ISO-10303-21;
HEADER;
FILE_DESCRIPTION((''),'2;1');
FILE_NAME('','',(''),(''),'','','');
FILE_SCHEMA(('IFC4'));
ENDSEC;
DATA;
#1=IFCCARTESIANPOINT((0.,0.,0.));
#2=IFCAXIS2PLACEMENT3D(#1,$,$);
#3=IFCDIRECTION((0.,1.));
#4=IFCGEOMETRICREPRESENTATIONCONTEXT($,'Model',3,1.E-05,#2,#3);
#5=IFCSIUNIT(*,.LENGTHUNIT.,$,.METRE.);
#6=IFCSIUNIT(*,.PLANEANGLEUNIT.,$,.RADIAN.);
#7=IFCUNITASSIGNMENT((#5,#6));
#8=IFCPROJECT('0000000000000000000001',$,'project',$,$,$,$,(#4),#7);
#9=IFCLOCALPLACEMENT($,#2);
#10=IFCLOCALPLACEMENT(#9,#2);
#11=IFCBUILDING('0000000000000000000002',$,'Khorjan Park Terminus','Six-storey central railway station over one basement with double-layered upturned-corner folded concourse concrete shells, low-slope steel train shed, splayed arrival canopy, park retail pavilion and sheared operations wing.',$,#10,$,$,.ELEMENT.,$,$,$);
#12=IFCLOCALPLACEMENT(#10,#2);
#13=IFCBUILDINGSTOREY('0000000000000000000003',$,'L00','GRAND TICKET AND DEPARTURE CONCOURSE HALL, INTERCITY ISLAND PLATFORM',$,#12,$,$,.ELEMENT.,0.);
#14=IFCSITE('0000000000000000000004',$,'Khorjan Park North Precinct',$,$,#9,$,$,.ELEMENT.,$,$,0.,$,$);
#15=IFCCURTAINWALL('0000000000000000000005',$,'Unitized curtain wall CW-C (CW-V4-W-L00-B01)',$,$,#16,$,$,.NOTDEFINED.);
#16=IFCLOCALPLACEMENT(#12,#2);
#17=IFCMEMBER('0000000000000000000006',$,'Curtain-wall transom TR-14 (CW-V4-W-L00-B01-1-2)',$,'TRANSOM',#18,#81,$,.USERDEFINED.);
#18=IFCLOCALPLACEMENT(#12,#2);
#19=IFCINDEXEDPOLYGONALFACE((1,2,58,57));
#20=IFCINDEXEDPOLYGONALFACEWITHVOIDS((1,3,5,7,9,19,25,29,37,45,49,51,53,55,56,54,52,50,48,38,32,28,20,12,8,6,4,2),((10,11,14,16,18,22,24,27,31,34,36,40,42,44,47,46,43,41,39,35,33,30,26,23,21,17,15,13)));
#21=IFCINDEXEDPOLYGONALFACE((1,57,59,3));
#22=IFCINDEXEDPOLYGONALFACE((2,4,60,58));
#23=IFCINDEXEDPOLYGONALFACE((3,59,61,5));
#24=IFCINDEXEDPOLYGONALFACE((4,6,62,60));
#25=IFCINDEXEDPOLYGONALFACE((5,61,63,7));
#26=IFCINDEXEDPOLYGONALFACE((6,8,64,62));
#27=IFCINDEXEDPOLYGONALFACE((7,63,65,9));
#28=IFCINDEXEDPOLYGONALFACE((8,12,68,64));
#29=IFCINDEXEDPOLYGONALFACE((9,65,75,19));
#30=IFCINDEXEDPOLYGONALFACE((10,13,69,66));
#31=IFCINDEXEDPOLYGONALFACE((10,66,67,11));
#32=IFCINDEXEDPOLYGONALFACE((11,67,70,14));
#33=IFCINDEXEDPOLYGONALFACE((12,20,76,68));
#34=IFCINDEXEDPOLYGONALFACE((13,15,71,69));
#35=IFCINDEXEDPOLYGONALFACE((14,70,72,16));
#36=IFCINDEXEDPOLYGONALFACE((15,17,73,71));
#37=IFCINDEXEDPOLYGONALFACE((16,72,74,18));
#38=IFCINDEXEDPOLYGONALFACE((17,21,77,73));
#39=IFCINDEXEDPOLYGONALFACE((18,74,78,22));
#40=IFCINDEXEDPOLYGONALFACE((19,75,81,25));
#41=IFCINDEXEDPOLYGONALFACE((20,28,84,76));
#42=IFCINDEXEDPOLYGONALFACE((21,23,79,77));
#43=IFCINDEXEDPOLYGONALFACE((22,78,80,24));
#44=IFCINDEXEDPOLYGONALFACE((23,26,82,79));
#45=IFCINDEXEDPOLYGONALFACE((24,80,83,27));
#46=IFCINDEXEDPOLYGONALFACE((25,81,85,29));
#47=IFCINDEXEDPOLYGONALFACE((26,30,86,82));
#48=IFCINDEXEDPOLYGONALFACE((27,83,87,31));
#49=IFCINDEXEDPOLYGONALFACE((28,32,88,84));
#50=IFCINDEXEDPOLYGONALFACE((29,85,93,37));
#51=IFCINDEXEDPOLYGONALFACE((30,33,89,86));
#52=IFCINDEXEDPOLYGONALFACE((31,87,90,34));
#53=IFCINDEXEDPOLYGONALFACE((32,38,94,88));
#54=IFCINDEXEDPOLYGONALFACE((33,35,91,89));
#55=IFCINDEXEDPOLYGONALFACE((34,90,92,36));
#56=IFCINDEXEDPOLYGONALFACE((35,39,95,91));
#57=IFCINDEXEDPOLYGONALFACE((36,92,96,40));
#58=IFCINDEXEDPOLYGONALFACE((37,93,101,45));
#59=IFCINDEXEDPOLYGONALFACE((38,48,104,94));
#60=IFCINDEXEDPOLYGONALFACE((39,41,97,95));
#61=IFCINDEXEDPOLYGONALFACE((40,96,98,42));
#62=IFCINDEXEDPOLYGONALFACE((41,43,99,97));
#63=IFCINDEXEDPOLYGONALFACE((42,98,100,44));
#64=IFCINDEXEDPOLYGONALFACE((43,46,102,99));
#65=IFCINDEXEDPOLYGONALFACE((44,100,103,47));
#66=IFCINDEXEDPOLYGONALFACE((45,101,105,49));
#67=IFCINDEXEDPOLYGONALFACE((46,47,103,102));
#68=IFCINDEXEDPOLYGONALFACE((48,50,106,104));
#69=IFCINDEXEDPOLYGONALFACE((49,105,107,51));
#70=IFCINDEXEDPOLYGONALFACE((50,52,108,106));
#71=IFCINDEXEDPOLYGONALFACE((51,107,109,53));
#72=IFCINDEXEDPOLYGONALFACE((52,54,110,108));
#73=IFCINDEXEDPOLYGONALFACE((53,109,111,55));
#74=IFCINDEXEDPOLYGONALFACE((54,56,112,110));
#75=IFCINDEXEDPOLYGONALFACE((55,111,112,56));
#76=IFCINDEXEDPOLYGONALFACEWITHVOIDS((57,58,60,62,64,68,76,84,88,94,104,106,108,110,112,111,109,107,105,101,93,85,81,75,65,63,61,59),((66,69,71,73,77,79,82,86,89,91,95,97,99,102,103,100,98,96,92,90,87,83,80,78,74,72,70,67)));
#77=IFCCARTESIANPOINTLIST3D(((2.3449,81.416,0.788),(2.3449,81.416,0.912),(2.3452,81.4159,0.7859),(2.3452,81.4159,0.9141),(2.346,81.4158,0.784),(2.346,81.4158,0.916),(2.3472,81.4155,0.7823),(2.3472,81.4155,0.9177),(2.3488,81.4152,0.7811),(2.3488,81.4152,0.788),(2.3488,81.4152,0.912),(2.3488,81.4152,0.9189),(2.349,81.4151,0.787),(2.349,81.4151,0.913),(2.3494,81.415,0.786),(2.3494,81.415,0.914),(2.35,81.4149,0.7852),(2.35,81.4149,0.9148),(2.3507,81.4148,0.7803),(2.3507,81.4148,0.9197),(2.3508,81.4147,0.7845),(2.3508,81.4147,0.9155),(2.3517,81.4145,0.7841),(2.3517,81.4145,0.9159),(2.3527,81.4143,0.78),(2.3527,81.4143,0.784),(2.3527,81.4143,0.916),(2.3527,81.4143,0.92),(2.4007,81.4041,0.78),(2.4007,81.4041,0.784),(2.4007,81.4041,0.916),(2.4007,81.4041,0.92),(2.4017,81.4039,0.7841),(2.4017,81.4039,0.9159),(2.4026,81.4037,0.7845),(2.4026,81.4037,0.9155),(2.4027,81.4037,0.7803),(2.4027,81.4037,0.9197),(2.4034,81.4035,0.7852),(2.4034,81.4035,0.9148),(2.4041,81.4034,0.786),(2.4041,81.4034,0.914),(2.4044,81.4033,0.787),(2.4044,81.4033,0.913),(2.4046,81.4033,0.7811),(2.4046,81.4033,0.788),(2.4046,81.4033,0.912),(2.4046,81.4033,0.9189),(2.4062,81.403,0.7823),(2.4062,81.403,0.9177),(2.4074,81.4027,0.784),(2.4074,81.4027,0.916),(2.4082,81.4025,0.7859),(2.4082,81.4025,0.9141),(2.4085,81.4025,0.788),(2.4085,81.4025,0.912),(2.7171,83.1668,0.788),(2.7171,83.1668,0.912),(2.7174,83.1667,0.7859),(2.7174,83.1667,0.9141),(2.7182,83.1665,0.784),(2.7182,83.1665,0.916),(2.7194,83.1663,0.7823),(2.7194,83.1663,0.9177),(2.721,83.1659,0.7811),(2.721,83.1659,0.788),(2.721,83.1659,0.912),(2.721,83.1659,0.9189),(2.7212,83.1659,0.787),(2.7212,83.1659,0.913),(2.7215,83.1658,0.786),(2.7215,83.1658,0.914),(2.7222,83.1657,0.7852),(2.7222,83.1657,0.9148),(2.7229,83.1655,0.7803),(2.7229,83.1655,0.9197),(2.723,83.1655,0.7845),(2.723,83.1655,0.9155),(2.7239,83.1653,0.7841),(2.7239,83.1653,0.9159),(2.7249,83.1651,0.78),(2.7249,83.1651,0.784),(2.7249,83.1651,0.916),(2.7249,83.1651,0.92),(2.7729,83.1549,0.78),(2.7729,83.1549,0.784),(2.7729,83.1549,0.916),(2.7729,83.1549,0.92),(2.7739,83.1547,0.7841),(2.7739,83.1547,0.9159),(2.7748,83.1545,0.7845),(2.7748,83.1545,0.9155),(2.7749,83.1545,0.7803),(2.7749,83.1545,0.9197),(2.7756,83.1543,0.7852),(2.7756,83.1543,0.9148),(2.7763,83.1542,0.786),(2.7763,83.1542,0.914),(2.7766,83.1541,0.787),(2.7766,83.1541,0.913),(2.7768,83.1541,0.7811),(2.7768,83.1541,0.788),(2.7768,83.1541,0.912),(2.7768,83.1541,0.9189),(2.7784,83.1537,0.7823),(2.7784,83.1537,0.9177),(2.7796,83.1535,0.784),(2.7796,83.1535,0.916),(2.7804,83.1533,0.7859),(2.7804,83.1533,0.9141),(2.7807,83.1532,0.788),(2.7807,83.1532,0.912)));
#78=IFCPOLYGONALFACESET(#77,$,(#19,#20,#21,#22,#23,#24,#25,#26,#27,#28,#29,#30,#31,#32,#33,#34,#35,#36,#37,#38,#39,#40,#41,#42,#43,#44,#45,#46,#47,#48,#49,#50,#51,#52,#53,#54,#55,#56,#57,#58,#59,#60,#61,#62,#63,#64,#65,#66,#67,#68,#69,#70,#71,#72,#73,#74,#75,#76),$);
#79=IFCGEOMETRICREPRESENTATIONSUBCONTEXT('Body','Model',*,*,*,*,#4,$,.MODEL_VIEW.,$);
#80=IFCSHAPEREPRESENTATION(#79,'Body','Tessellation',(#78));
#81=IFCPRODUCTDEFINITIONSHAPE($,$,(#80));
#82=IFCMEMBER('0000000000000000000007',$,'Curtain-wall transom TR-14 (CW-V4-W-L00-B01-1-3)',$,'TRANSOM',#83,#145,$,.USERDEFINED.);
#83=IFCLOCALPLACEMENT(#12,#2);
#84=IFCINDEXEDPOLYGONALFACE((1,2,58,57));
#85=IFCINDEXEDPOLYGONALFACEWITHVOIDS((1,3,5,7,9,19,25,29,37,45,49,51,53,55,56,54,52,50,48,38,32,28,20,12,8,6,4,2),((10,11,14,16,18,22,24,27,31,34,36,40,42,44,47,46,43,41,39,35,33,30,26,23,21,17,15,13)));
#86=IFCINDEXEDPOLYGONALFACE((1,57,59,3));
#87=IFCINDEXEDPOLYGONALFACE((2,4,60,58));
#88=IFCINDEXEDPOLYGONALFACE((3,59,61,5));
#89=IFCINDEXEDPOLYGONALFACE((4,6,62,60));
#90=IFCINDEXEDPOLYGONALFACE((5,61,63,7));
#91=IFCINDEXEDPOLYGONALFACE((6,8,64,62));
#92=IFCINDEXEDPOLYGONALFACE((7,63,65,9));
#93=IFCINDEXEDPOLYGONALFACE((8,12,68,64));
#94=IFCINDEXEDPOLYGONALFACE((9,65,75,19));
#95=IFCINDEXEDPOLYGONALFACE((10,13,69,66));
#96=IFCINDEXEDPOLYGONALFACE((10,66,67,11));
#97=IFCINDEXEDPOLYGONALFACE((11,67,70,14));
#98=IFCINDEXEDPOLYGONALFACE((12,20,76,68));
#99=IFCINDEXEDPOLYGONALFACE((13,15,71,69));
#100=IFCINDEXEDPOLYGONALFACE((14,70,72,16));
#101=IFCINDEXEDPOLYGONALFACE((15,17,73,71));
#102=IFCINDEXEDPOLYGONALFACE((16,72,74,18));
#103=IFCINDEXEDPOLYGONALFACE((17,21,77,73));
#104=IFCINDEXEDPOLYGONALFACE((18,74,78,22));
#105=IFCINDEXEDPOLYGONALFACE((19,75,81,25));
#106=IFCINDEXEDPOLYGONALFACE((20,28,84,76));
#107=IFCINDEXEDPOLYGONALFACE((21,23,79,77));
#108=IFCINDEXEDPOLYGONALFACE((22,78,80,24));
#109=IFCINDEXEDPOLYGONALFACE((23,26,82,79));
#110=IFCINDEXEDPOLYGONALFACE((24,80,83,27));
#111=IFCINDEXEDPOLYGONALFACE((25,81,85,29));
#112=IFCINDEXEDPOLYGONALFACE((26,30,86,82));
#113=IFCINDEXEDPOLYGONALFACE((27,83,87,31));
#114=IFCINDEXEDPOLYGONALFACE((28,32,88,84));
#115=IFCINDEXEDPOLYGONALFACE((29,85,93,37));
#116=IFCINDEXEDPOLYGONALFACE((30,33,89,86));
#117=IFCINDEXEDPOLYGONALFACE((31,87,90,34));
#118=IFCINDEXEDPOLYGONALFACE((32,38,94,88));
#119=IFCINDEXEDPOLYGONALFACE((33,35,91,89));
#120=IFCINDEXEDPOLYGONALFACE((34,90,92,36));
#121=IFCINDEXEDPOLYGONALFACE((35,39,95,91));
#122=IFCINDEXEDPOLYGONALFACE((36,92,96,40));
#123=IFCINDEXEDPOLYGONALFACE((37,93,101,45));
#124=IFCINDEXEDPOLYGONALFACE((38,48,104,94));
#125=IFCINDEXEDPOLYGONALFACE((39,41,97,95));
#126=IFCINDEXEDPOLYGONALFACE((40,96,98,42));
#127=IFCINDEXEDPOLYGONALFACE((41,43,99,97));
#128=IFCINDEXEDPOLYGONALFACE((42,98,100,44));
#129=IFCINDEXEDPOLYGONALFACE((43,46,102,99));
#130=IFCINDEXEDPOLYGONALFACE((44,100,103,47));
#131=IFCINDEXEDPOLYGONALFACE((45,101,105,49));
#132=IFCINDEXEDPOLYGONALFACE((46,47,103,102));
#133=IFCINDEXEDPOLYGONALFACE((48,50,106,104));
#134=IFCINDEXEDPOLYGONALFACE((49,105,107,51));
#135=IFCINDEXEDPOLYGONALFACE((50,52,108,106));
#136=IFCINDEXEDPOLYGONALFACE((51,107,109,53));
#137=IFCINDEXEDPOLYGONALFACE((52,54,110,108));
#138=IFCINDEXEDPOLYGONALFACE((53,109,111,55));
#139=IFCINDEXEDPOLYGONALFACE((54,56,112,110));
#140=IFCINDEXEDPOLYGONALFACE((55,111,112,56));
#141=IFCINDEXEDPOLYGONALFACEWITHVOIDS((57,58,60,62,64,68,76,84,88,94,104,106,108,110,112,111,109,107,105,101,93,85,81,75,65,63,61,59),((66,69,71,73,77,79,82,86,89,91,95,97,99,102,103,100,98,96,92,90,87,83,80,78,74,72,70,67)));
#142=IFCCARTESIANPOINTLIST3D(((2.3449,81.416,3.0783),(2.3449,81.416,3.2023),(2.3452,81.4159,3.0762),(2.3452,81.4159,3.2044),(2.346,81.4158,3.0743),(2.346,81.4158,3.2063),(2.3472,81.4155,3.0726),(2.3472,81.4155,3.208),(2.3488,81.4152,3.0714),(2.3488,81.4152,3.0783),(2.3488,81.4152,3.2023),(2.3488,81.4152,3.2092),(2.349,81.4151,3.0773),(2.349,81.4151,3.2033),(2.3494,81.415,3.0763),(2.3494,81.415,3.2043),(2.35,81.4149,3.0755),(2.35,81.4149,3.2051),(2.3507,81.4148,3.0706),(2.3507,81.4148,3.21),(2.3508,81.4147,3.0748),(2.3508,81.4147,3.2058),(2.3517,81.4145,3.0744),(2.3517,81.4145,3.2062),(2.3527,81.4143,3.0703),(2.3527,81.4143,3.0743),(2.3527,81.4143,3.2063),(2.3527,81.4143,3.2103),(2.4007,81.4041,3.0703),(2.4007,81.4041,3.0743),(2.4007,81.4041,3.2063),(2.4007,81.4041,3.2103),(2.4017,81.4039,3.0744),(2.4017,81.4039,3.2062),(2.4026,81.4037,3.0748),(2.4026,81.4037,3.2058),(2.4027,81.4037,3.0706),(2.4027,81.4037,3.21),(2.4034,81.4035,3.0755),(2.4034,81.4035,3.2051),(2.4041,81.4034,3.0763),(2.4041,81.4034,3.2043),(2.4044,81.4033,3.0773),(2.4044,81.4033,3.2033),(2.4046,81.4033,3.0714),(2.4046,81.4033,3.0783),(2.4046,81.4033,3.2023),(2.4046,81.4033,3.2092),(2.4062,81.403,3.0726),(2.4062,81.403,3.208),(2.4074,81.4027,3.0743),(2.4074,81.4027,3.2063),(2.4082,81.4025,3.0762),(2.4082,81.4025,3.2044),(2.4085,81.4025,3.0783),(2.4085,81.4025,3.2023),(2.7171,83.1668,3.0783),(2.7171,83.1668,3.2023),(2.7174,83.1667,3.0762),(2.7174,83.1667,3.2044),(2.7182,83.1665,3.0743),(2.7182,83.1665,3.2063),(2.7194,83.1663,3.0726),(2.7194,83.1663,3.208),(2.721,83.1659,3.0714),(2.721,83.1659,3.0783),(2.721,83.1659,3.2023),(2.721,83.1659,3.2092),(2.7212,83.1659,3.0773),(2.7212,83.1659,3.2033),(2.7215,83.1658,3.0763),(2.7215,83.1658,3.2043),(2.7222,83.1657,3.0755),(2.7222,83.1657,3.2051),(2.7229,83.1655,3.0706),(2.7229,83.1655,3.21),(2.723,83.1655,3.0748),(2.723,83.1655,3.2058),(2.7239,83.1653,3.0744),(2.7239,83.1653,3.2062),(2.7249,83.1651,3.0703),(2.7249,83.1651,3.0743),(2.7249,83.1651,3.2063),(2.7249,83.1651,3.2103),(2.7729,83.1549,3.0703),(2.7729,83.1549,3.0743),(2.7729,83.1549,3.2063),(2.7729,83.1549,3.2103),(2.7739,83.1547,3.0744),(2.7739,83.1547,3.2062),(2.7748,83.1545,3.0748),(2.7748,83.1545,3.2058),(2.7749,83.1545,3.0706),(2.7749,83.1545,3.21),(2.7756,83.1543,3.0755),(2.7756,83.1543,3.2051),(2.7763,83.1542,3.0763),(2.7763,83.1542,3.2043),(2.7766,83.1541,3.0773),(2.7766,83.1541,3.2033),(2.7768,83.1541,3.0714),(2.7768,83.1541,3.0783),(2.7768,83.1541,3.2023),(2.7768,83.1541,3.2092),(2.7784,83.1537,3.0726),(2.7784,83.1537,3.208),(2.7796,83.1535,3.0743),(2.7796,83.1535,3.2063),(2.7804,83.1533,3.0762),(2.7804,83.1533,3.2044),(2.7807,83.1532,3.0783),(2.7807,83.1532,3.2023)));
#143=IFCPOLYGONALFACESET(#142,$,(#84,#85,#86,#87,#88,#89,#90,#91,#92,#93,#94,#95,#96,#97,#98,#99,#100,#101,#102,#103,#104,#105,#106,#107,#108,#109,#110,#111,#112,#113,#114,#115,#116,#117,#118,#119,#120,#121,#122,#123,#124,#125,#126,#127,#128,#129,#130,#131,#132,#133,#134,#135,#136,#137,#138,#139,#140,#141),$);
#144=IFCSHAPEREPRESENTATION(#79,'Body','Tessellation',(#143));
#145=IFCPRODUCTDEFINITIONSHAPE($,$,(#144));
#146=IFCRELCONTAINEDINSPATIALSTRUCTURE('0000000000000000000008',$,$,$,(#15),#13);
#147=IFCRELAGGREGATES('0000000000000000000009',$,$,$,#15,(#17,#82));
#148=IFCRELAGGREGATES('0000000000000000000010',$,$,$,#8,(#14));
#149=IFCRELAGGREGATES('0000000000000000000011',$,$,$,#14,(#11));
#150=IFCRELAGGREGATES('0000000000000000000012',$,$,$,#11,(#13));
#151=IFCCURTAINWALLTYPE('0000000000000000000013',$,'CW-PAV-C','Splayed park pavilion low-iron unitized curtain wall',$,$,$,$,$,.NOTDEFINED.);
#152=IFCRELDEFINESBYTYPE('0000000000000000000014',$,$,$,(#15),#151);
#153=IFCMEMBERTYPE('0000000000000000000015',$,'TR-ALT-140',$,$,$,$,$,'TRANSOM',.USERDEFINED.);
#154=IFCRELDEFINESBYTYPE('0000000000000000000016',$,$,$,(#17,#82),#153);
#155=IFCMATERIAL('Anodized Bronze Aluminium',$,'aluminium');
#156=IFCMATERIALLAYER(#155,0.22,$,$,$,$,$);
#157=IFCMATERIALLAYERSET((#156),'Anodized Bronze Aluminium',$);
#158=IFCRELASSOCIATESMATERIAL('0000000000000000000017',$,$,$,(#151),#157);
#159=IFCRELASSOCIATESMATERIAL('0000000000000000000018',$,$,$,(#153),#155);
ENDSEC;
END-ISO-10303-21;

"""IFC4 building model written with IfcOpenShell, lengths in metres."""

from ifc_helpers import new_model, si_unit, direction, frame, origin, origin_2d, place, context, subcontext, project, spatial, hollow_rectangle, extrude, material, layer, layer_set, material_profile, profile_set, type_object, element, aggregate, save


model = new_model("IFC4")

# Units and contexts
model_context = context("Model", 3, precision=1e-05, world=origin(), true_north=direction((0.0, 1.0)))
body_context = subcontext(model_context, "Body", "Model", "MODEL_VIEW")
ifc_project = project(units=[si_unit("LENGTHUNIT", "METRE"), si_unit("PLANEANGLEUNIT", "RADIAN")], contexts=[model_context])

# Site, building, storey
site_placement = place(None, origin())
site = spatial("IfcSite", under=ifc_project, at=site_placement, Name="Khorjan Park North Precinct", CompositionType="ELEMENT", RefElevation=0.0)
building_placement = place(site_placement, origin())
building = spatial("IfcBuilding", under=site, at=building_placement, Name="Khorjan Park Terminus", Description="Six-storey central railway station over one basement with double-layered upturned-corner folded concourse concrete shells, low-slope steel train shed, splayed arrival canopy, park retail pavilion and sheared operations wing.", CompositionType="ELEMENT")
storey_placement = place(building_placement, origin())
storey = spatial("IfcBuildingStorey", under=building, at=storey_placement, Name="L00", Description="GRAND TICKET AND DEPARTURE CONCOURSE HALL, INTERCITY ISLAND PLATFORM", CompositionType="ELEMENT", Elevation=0.0)

# Shared definitions
ifc_material_1 = material(Name="Anodized Bronze Aluminium", Category="aluminium")
ifc_layer_1 = layer(ifc_material_1, 0.22)
ifc_layer_set_1 = layer_set([ifc_layer_1], Name="Anodized Bronze Aluminium")
curtain_wall_type = type_object("IfcCurtainWallType", Name="CW-PAV-C", Description="Splayed park pavilion low-iron unitized curtain wall", PredefinedType="NOTDEFINED", material=ifc_layer_set_1)

# Curtain wall
curtain_wall_1_placement = place(storey_placement, origin())
curtain_wall_1 = element("IfcCurtainWall", 1, at=curtain_wall_1_placement, inside=storey, type_object=curtain_wall_type, Name="Unitized curtain wall CW-C (CW-V4-W-L00-B01)", PredefinedType="NOTDEFINED")

# Members
ifc_material_profile_1 = material_profile(ifc_material_1, hollow_rectangle(XDim=0.065, YDim=0.14, WallThickness=0.004, InnerFilletRadius=0.004, OuterFilletRadius=0.008, at=origin_2d()), Name="ALT 65x140x4")
ifc_profile_set_1 = profile_set([ifc_material_profile_1], Name="Anodized Bronze Aluminium")
member_type_1 = type_object("IfcMemberType", Name="TR-ALT-140", ElementType="TRANSOM", PredefinedType="USERDEFINED", material=ifc_profile_set_1)
member_1_placement = place(storey_placement, frame((2.7489, 83.16, 0.85), z_axis=(-0.207942, -0.978141, 0.0), x_axis=(0.978141, -0.207942, 0.0)))
member_1 = element("IfcMember", 2, at=member_1_placement, type_object=member_type_1, Name="Curtain-wall transom TR-14 (CW-V4-W-L00-B01-1-2)", ObjectType="TRANSOM", PredefinedType="USERDEFINED", context=body_context, shape_type="SweptSolid", body=[
    extrude(hollow_rectangle(XDim=0.065, YDim=0.14, WallThickness=0.004, InnerFilletRadius=0.004, OuterFilletRadius=0.008, at=origin_2d()), origin(), (0.0, 0.0, 1.0), 1.7899),
])
member_2_placement = place(storey_placement, frame((2.7489, 83.16, 3.1403), z_axis=(-0.207942, -0.978141, 0.0), x_axis=(0.978141, -0.207942, 0.0)))
member_2 = element("IfcMember", 3, at=member_2_placement, type_object=member_type_1, Name="Curtain-wall transom TR-14 (CW-V4-W-L00-B01-1-3)", ObjectType="TRANSOM", PredefinedType="USERDEFINED", context=body_context, shape_type="SweptSolid", body=[
    extrude(hollow_rectangle(XDim=0.065, YDim=0.14, WallThickness=0.004, InnerFilletRadius=0.004, OuterFilletRadius=0.008, at=origin_2d()), origin(), (0.0, 0.0, 1.0), 1.7899),
])

aggregate(curtain_wall_1, [member_1, member_2])

save(model, "model.ifc")
